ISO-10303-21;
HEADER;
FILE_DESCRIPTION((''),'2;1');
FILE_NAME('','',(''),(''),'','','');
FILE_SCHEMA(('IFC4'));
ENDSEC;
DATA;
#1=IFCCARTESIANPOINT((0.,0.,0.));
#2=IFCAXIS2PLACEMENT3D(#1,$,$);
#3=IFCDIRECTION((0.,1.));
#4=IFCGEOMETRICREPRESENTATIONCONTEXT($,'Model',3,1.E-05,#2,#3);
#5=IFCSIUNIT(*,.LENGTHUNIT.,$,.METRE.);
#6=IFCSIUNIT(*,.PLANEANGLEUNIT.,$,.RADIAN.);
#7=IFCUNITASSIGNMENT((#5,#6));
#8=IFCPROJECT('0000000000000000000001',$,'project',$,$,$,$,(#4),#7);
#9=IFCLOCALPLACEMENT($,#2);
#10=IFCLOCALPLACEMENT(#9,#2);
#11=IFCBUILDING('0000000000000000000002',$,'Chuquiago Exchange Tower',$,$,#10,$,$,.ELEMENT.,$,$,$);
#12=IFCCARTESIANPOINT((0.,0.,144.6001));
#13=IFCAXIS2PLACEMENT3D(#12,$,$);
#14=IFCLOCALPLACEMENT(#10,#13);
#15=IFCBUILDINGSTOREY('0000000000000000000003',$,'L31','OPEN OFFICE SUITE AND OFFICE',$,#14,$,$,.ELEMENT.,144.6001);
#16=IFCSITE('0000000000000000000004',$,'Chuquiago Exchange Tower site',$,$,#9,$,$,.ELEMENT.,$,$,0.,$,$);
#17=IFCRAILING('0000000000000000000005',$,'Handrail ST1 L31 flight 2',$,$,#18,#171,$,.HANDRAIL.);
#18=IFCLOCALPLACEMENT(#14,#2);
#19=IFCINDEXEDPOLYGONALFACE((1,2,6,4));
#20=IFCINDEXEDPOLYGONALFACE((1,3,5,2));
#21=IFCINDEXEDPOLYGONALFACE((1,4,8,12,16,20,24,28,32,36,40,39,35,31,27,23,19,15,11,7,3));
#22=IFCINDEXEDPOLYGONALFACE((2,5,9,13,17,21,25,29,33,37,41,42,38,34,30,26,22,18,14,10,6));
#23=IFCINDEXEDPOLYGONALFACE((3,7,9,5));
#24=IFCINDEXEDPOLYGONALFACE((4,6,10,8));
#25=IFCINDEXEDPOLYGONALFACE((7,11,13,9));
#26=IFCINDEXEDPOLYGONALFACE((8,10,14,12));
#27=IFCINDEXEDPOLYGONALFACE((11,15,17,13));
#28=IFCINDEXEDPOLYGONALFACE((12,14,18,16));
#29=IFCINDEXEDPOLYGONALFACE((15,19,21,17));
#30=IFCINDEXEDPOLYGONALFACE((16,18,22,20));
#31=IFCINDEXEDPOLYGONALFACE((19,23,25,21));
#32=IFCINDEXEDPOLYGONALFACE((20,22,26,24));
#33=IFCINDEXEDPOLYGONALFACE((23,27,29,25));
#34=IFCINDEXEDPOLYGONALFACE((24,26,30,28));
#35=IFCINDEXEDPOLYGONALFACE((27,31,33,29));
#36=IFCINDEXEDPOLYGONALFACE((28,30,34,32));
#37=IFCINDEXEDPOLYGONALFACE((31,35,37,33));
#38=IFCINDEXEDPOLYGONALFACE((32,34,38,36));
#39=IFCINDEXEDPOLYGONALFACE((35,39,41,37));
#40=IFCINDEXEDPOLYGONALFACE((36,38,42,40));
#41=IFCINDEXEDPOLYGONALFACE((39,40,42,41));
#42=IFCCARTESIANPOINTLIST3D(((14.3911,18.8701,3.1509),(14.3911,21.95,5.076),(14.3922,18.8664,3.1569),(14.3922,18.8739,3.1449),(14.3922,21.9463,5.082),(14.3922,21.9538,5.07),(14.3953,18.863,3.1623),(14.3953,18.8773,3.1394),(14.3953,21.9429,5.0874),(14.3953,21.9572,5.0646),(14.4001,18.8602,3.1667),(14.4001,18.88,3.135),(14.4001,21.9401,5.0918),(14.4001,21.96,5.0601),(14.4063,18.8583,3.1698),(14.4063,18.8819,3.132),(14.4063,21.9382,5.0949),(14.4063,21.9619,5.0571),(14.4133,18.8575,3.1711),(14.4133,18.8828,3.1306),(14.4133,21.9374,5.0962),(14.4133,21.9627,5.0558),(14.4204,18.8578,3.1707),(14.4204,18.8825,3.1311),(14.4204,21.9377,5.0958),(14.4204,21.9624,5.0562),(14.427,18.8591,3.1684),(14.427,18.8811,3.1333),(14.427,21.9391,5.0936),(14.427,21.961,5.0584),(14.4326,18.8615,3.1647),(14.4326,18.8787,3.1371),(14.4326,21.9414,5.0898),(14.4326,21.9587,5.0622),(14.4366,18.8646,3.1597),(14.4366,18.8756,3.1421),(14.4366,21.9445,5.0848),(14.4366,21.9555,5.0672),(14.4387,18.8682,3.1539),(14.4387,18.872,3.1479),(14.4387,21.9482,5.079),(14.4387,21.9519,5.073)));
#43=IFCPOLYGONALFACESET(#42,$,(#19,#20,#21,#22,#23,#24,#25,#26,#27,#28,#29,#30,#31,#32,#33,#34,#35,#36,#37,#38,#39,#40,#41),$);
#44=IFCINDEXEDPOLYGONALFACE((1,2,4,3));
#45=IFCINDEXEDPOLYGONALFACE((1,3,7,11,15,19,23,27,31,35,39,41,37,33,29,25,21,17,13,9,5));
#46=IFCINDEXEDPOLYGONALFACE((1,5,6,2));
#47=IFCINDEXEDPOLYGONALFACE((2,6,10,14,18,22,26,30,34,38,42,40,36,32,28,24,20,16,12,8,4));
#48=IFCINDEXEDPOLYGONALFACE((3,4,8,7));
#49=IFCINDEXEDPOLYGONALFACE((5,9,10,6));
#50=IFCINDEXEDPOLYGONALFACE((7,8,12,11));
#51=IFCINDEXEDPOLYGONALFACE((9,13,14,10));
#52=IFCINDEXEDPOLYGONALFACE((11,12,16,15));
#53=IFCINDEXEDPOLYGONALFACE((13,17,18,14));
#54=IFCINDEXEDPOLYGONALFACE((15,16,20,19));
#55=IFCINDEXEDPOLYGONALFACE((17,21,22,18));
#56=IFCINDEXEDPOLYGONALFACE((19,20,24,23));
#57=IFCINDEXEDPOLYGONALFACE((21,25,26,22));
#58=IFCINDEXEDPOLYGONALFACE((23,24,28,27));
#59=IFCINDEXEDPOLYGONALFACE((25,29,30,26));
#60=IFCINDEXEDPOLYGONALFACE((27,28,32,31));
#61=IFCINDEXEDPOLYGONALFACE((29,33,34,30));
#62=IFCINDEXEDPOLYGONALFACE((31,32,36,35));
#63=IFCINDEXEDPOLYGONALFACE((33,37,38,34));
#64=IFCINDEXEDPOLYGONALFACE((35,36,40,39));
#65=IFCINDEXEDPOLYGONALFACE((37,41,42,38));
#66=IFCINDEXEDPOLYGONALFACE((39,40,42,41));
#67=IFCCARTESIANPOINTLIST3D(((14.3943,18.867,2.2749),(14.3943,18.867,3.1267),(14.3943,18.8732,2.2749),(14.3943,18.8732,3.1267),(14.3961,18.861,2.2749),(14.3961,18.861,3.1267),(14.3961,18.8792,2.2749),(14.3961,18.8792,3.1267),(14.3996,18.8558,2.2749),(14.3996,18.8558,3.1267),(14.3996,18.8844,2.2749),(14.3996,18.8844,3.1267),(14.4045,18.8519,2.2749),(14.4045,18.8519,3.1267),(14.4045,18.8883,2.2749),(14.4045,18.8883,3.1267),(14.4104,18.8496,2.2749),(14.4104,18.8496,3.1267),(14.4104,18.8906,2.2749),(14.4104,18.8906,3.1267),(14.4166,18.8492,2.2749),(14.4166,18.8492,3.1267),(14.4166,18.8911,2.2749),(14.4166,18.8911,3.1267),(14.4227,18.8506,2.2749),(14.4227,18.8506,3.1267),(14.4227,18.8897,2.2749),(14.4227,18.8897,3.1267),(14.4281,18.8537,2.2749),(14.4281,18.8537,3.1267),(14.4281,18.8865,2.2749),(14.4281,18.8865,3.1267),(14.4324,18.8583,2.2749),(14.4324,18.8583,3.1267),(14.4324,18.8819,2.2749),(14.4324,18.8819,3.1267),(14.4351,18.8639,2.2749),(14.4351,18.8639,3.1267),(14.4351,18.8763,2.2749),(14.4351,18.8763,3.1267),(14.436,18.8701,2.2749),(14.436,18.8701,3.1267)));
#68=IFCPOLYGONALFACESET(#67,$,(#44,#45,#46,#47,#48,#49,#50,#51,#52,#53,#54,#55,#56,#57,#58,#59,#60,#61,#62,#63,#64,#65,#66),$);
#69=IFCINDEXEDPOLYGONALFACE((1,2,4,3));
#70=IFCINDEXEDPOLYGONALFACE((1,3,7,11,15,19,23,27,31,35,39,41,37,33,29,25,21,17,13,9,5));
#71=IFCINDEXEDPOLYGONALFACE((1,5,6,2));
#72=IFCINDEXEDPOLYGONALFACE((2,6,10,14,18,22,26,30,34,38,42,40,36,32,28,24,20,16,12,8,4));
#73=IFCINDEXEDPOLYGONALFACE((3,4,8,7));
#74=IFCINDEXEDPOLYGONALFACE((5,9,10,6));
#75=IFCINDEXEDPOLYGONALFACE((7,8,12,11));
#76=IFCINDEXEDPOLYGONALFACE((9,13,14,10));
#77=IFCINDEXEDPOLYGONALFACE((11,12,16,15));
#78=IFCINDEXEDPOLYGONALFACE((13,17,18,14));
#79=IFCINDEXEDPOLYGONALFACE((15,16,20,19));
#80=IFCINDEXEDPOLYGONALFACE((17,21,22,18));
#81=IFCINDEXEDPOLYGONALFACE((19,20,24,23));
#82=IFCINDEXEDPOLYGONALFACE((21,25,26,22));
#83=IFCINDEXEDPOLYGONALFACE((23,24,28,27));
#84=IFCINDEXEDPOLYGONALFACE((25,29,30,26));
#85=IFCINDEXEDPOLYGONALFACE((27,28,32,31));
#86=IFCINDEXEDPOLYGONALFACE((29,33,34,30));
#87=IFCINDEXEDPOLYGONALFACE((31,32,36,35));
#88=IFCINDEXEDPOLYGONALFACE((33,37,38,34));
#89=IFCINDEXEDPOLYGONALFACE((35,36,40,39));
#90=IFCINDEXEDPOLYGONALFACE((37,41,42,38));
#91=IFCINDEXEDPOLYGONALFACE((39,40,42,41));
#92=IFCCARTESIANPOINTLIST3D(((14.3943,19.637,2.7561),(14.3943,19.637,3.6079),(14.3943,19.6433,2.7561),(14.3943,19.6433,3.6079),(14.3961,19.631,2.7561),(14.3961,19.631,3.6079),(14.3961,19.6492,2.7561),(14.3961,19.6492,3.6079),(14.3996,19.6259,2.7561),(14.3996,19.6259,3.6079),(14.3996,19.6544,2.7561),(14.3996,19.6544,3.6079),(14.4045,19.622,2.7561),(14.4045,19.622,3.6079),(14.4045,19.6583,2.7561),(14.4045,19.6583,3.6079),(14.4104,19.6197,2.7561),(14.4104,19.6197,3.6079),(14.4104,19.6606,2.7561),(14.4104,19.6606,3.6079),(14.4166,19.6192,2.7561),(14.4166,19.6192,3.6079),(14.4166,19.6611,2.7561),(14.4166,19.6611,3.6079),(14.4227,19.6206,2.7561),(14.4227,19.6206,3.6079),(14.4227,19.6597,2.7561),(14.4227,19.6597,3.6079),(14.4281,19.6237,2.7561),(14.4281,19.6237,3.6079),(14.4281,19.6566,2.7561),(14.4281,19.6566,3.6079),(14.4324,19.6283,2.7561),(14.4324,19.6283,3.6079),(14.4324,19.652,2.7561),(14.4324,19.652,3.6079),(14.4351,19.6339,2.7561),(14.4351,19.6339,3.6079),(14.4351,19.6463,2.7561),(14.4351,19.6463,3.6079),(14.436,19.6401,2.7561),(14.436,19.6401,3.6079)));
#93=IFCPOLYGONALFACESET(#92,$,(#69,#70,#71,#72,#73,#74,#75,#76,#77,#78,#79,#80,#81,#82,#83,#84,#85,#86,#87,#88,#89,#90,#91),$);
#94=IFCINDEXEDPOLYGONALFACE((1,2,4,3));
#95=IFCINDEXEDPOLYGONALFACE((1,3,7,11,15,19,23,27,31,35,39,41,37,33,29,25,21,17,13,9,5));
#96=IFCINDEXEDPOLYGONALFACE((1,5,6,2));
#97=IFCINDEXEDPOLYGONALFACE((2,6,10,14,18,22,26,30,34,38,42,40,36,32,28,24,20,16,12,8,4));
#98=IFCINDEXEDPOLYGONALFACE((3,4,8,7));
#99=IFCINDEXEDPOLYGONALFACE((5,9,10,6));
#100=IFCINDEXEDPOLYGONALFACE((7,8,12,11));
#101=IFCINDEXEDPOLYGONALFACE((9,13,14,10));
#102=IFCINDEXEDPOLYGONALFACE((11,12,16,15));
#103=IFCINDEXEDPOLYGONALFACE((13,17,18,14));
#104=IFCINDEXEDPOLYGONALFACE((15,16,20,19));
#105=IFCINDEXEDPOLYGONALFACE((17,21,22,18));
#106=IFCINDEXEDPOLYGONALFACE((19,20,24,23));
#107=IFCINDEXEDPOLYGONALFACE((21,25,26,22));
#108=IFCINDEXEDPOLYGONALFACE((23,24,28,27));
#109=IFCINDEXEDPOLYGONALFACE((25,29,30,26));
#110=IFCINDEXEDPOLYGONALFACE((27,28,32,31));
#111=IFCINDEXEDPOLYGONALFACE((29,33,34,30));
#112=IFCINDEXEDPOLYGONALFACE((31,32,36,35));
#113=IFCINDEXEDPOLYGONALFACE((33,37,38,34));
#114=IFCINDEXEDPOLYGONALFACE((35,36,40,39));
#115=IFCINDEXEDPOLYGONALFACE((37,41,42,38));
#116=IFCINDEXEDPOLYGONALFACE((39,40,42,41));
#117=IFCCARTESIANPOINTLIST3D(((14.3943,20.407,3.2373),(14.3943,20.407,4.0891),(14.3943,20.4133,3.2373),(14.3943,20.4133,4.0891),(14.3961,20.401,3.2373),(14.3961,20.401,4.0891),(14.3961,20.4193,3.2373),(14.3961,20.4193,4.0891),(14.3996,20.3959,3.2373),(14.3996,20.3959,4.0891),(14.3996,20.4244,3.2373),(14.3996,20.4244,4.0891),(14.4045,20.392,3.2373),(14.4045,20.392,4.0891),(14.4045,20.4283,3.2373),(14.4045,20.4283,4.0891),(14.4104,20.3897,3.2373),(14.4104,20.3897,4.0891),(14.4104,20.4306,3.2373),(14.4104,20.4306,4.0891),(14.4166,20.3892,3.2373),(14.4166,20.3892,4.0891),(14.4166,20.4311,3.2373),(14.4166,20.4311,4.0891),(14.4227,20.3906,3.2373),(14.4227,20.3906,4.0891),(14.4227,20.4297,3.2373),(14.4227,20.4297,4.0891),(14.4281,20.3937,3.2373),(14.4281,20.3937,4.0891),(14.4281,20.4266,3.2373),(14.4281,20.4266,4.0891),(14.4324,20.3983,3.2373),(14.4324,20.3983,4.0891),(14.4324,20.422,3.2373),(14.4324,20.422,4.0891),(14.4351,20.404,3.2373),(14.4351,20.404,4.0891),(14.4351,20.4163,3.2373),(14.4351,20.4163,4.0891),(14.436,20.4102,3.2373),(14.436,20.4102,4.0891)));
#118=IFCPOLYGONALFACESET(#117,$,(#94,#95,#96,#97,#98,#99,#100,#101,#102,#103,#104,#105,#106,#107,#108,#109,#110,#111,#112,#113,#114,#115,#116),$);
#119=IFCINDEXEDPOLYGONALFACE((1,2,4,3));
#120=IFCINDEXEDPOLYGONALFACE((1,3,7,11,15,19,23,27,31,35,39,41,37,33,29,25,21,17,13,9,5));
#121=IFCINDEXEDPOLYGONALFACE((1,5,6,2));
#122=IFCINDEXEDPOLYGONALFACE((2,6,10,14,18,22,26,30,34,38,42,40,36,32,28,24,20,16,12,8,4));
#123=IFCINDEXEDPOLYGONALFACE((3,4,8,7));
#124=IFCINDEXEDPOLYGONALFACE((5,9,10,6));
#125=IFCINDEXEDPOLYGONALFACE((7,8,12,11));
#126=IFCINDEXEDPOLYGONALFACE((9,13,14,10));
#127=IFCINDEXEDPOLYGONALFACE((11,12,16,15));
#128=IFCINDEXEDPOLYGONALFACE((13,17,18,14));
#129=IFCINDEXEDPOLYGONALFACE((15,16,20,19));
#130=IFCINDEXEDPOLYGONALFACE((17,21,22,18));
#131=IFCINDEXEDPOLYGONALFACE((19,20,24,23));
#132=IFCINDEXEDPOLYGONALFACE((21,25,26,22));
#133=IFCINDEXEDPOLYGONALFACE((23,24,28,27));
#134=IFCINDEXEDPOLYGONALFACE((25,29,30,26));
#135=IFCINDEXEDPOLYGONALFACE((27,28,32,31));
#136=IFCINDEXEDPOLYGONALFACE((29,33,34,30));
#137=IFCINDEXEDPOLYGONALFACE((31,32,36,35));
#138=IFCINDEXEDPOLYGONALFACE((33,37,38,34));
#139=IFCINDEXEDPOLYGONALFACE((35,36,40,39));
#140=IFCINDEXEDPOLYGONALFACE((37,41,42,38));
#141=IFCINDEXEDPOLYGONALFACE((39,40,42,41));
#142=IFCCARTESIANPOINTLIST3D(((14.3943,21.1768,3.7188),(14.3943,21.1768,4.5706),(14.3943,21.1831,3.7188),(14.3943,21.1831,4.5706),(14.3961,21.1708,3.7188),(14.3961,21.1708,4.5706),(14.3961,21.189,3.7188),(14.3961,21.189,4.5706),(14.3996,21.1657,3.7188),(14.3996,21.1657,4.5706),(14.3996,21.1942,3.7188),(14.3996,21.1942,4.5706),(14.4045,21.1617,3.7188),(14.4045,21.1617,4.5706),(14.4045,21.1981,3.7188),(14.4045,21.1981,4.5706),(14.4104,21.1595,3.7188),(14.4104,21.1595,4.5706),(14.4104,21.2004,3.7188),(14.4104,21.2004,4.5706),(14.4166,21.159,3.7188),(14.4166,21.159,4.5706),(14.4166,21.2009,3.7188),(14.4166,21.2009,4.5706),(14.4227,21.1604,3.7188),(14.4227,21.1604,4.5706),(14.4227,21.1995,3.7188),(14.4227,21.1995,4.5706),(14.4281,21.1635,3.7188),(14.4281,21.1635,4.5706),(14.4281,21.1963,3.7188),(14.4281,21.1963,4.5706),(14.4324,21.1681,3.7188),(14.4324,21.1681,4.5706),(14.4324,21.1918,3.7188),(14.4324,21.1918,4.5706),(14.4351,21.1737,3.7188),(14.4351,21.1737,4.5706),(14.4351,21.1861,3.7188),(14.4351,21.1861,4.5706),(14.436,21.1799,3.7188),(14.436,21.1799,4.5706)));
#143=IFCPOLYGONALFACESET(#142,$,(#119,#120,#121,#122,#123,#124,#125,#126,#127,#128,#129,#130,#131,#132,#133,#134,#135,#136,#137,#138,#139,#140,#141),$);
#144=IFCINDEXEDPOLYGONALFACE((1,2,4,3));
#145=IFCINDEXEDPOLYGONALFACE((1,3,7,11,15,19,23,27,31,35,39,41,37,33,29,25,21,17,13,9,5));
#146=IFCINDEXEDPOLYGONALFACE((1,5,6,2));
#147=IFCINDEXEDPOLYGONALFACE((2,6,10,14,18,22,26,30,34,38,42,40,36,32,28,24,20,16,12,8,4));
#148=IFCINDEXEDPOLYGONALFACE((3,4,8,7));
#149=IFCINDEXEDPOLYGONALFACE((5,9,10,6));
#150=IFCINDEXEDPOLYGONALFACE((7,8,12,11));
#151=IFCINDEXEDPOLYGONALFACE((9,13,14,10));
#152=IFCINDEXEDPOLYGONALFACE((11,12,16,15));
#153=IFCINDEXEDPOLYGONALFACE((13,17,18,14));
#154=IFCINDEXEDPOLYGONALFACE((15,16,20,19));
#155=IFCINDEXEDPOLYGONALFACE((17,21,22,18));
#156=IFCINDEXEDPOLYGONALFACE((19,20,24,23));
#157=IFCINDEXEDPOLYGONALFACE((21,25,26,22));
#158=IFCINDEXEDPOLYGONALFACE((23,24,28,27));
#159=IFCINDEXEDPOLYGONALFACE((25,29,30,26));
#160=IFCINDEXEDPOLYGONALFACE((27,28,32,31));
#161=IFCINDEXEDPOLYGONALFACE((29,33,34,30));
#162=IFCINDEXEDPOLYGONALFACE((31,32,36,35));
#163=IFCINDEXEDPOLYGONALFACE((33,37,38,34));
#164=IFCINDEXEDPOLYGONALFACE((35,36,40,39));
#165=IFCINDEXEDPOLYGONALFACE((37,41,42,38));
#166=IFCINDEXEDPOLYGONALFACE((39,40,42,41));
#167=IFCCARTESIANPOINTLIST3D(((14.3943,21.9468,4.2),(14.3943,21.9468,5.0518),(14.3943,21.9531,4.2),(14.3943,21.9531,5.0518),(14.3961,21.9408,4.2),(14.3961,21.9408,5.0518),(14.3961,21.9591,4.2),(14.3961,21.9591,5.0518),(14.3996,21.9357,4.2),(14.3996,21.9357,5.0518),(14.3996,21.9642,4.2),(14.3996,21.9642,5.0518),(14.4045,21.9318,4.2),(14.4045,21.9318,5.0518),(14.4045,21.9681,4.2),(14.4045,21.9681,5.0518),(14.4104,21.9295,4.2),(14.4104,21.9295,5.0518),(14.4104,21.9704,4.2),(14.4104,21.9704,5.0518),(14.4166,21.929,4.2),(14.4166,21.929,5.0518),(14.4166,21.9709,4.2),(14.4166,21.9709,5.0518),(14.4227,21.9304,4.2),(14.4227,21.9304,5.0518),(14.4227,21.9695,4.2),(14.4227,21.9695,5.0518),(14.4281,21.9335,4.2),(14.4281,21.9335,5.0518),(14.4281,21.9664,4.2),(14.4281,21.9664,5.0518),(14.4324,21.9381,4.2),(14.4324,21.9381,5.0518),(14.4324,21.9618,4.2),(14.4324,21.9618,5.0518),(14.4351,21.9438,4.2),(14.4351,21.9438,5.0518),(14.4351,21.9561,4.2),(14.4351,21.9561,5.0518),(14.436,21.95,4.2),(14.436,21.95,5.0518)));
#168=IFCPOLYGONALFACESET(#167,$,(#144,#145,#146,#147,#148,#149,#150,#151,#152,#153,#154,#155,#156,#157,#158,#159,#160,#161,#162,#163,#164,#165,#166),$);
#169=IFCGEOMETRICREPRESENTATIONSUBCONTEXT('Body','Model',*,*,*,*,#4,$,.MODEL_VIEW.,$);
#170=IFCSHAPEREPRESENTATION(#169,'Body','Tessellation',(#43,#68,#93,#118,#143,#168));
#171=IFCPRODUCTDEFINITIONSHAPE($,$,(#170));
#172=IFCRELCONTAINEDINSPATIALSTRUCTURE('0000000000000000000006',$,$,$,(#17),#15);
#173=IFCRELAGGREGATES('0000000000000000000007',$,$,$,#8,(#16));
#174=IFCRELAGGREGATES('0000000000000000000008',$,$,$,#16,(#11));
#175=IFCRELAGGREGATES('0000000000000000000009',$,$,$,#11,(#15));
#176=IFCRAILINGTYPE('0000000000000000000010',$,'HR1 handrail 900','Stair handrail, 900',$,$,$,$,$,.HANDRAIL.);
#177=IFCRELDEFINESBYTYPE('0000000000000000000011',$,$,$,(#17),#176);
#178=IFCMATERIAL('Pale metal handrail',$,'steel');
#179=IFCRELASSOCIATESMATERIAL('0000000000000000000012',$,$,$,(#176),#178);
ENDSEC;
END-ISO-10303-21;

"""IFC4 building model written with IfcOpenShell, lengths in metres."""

from ifc_helpers import new_model, si_unit, direction, frame, origin, origin_2d, place, context, subcontext, project, spatial, circle, extrude, material, type_object, element, save


model = new_model("IFC4")

# Units and contexts
model_context = context("Model", 3, precision=1e-05, world=origin(), true_north=direction((0.0, 1.0)))
body_context = subcontext(model_context, "Body", "Model", "MODEL_VIEW")
ifc_project = project(units=[si_unit("LENGTHUNIT", "METRE"), si_unit("PLANEANGLEUNIT", "RADIAN")], contexts=[model_context])

# Site, building, storey
site_placement = place(None, origin())
site = spatial("IfcSite", under=ifc_project, at=site_placement, Name="Chuquiago Exchange Tower site", CompositionType="ELEMENT", RefElevation=0.0)
building_placement = place(site_placement, origin())
building = spatial("IfcBuilding", under=site, at=building_placement, Name="Chuquiago Exchange Tower", CompositionType="ELEMENT")
storey_placement = place(building_placement, frame((0.0, 0.0, 144.6001)))
storey = spatial("IfcBuildingStorey", under=building, at=storey_placement, Name="L31", Description="OPEN OFFICE SUITE AND OFFICE", CompositionType="ELEMENT", Elevation=144.6001)

# Railing
ifc_material_1 = material(Name="Pale metal handrail", Category="steel")
railing_type_1 = type_object("IfcRailingType", Name="HR1 handrail 900", Description="Stair handrail, 900", PredefinedType="HANDRAIL", material=ifc_material_1)
for number, where, name in (
    (1, (14.415, 18.8701, 2.2749), "Handrail ST1 L31 flight 2"),
):
    element("IfcRailing", number, at=place(storey_placement, frame(where)), inside=storey, type_object=railing_type_1, Name=name, PredefinedType="HANDRAIL", context=body_context, shape_type="SweptSolid", body=[
        extrude(circle(Radius=0.0239, at=origin_2d()), frame((0.0, 0.0, 0.876), z_axis=(0.0, 0.847979, 0.530029), x_axis=(-1.0, 0.0, 0.0)), (0.0, 0.0, 1.0), 3.6321),
        extrude(circle(Radius=0.021, at=origin_2d()), origin(), (0.0, 0.0, 1.0), 0.8518),
        extrude(circle(Radius=0.021, at=origin_2d()), frame((0.0, 0.77, 0.4812)), (0.0, 0.0, 1.0), 0.8518),
        extrude(circle(Radius=0.021, at=origin_2d()), frame((0.0, 1.54, 0.9624)), (0.0, 0.0, 1.0), 0.8518),
        extrude(circle(Radius=0.021, at=origin_2d()), frame((0.0, 2.3098, 1.4438)), (0.0, 0.0, 1.0), 0.8518),
        extrude(circle(Radius=0.021, at=origin_2d()), frame((0.0, 3.0798, 1.925)), (0.0, 0.0, 1.0), 0.8518),
    ])

save(model, "model.ifc")
